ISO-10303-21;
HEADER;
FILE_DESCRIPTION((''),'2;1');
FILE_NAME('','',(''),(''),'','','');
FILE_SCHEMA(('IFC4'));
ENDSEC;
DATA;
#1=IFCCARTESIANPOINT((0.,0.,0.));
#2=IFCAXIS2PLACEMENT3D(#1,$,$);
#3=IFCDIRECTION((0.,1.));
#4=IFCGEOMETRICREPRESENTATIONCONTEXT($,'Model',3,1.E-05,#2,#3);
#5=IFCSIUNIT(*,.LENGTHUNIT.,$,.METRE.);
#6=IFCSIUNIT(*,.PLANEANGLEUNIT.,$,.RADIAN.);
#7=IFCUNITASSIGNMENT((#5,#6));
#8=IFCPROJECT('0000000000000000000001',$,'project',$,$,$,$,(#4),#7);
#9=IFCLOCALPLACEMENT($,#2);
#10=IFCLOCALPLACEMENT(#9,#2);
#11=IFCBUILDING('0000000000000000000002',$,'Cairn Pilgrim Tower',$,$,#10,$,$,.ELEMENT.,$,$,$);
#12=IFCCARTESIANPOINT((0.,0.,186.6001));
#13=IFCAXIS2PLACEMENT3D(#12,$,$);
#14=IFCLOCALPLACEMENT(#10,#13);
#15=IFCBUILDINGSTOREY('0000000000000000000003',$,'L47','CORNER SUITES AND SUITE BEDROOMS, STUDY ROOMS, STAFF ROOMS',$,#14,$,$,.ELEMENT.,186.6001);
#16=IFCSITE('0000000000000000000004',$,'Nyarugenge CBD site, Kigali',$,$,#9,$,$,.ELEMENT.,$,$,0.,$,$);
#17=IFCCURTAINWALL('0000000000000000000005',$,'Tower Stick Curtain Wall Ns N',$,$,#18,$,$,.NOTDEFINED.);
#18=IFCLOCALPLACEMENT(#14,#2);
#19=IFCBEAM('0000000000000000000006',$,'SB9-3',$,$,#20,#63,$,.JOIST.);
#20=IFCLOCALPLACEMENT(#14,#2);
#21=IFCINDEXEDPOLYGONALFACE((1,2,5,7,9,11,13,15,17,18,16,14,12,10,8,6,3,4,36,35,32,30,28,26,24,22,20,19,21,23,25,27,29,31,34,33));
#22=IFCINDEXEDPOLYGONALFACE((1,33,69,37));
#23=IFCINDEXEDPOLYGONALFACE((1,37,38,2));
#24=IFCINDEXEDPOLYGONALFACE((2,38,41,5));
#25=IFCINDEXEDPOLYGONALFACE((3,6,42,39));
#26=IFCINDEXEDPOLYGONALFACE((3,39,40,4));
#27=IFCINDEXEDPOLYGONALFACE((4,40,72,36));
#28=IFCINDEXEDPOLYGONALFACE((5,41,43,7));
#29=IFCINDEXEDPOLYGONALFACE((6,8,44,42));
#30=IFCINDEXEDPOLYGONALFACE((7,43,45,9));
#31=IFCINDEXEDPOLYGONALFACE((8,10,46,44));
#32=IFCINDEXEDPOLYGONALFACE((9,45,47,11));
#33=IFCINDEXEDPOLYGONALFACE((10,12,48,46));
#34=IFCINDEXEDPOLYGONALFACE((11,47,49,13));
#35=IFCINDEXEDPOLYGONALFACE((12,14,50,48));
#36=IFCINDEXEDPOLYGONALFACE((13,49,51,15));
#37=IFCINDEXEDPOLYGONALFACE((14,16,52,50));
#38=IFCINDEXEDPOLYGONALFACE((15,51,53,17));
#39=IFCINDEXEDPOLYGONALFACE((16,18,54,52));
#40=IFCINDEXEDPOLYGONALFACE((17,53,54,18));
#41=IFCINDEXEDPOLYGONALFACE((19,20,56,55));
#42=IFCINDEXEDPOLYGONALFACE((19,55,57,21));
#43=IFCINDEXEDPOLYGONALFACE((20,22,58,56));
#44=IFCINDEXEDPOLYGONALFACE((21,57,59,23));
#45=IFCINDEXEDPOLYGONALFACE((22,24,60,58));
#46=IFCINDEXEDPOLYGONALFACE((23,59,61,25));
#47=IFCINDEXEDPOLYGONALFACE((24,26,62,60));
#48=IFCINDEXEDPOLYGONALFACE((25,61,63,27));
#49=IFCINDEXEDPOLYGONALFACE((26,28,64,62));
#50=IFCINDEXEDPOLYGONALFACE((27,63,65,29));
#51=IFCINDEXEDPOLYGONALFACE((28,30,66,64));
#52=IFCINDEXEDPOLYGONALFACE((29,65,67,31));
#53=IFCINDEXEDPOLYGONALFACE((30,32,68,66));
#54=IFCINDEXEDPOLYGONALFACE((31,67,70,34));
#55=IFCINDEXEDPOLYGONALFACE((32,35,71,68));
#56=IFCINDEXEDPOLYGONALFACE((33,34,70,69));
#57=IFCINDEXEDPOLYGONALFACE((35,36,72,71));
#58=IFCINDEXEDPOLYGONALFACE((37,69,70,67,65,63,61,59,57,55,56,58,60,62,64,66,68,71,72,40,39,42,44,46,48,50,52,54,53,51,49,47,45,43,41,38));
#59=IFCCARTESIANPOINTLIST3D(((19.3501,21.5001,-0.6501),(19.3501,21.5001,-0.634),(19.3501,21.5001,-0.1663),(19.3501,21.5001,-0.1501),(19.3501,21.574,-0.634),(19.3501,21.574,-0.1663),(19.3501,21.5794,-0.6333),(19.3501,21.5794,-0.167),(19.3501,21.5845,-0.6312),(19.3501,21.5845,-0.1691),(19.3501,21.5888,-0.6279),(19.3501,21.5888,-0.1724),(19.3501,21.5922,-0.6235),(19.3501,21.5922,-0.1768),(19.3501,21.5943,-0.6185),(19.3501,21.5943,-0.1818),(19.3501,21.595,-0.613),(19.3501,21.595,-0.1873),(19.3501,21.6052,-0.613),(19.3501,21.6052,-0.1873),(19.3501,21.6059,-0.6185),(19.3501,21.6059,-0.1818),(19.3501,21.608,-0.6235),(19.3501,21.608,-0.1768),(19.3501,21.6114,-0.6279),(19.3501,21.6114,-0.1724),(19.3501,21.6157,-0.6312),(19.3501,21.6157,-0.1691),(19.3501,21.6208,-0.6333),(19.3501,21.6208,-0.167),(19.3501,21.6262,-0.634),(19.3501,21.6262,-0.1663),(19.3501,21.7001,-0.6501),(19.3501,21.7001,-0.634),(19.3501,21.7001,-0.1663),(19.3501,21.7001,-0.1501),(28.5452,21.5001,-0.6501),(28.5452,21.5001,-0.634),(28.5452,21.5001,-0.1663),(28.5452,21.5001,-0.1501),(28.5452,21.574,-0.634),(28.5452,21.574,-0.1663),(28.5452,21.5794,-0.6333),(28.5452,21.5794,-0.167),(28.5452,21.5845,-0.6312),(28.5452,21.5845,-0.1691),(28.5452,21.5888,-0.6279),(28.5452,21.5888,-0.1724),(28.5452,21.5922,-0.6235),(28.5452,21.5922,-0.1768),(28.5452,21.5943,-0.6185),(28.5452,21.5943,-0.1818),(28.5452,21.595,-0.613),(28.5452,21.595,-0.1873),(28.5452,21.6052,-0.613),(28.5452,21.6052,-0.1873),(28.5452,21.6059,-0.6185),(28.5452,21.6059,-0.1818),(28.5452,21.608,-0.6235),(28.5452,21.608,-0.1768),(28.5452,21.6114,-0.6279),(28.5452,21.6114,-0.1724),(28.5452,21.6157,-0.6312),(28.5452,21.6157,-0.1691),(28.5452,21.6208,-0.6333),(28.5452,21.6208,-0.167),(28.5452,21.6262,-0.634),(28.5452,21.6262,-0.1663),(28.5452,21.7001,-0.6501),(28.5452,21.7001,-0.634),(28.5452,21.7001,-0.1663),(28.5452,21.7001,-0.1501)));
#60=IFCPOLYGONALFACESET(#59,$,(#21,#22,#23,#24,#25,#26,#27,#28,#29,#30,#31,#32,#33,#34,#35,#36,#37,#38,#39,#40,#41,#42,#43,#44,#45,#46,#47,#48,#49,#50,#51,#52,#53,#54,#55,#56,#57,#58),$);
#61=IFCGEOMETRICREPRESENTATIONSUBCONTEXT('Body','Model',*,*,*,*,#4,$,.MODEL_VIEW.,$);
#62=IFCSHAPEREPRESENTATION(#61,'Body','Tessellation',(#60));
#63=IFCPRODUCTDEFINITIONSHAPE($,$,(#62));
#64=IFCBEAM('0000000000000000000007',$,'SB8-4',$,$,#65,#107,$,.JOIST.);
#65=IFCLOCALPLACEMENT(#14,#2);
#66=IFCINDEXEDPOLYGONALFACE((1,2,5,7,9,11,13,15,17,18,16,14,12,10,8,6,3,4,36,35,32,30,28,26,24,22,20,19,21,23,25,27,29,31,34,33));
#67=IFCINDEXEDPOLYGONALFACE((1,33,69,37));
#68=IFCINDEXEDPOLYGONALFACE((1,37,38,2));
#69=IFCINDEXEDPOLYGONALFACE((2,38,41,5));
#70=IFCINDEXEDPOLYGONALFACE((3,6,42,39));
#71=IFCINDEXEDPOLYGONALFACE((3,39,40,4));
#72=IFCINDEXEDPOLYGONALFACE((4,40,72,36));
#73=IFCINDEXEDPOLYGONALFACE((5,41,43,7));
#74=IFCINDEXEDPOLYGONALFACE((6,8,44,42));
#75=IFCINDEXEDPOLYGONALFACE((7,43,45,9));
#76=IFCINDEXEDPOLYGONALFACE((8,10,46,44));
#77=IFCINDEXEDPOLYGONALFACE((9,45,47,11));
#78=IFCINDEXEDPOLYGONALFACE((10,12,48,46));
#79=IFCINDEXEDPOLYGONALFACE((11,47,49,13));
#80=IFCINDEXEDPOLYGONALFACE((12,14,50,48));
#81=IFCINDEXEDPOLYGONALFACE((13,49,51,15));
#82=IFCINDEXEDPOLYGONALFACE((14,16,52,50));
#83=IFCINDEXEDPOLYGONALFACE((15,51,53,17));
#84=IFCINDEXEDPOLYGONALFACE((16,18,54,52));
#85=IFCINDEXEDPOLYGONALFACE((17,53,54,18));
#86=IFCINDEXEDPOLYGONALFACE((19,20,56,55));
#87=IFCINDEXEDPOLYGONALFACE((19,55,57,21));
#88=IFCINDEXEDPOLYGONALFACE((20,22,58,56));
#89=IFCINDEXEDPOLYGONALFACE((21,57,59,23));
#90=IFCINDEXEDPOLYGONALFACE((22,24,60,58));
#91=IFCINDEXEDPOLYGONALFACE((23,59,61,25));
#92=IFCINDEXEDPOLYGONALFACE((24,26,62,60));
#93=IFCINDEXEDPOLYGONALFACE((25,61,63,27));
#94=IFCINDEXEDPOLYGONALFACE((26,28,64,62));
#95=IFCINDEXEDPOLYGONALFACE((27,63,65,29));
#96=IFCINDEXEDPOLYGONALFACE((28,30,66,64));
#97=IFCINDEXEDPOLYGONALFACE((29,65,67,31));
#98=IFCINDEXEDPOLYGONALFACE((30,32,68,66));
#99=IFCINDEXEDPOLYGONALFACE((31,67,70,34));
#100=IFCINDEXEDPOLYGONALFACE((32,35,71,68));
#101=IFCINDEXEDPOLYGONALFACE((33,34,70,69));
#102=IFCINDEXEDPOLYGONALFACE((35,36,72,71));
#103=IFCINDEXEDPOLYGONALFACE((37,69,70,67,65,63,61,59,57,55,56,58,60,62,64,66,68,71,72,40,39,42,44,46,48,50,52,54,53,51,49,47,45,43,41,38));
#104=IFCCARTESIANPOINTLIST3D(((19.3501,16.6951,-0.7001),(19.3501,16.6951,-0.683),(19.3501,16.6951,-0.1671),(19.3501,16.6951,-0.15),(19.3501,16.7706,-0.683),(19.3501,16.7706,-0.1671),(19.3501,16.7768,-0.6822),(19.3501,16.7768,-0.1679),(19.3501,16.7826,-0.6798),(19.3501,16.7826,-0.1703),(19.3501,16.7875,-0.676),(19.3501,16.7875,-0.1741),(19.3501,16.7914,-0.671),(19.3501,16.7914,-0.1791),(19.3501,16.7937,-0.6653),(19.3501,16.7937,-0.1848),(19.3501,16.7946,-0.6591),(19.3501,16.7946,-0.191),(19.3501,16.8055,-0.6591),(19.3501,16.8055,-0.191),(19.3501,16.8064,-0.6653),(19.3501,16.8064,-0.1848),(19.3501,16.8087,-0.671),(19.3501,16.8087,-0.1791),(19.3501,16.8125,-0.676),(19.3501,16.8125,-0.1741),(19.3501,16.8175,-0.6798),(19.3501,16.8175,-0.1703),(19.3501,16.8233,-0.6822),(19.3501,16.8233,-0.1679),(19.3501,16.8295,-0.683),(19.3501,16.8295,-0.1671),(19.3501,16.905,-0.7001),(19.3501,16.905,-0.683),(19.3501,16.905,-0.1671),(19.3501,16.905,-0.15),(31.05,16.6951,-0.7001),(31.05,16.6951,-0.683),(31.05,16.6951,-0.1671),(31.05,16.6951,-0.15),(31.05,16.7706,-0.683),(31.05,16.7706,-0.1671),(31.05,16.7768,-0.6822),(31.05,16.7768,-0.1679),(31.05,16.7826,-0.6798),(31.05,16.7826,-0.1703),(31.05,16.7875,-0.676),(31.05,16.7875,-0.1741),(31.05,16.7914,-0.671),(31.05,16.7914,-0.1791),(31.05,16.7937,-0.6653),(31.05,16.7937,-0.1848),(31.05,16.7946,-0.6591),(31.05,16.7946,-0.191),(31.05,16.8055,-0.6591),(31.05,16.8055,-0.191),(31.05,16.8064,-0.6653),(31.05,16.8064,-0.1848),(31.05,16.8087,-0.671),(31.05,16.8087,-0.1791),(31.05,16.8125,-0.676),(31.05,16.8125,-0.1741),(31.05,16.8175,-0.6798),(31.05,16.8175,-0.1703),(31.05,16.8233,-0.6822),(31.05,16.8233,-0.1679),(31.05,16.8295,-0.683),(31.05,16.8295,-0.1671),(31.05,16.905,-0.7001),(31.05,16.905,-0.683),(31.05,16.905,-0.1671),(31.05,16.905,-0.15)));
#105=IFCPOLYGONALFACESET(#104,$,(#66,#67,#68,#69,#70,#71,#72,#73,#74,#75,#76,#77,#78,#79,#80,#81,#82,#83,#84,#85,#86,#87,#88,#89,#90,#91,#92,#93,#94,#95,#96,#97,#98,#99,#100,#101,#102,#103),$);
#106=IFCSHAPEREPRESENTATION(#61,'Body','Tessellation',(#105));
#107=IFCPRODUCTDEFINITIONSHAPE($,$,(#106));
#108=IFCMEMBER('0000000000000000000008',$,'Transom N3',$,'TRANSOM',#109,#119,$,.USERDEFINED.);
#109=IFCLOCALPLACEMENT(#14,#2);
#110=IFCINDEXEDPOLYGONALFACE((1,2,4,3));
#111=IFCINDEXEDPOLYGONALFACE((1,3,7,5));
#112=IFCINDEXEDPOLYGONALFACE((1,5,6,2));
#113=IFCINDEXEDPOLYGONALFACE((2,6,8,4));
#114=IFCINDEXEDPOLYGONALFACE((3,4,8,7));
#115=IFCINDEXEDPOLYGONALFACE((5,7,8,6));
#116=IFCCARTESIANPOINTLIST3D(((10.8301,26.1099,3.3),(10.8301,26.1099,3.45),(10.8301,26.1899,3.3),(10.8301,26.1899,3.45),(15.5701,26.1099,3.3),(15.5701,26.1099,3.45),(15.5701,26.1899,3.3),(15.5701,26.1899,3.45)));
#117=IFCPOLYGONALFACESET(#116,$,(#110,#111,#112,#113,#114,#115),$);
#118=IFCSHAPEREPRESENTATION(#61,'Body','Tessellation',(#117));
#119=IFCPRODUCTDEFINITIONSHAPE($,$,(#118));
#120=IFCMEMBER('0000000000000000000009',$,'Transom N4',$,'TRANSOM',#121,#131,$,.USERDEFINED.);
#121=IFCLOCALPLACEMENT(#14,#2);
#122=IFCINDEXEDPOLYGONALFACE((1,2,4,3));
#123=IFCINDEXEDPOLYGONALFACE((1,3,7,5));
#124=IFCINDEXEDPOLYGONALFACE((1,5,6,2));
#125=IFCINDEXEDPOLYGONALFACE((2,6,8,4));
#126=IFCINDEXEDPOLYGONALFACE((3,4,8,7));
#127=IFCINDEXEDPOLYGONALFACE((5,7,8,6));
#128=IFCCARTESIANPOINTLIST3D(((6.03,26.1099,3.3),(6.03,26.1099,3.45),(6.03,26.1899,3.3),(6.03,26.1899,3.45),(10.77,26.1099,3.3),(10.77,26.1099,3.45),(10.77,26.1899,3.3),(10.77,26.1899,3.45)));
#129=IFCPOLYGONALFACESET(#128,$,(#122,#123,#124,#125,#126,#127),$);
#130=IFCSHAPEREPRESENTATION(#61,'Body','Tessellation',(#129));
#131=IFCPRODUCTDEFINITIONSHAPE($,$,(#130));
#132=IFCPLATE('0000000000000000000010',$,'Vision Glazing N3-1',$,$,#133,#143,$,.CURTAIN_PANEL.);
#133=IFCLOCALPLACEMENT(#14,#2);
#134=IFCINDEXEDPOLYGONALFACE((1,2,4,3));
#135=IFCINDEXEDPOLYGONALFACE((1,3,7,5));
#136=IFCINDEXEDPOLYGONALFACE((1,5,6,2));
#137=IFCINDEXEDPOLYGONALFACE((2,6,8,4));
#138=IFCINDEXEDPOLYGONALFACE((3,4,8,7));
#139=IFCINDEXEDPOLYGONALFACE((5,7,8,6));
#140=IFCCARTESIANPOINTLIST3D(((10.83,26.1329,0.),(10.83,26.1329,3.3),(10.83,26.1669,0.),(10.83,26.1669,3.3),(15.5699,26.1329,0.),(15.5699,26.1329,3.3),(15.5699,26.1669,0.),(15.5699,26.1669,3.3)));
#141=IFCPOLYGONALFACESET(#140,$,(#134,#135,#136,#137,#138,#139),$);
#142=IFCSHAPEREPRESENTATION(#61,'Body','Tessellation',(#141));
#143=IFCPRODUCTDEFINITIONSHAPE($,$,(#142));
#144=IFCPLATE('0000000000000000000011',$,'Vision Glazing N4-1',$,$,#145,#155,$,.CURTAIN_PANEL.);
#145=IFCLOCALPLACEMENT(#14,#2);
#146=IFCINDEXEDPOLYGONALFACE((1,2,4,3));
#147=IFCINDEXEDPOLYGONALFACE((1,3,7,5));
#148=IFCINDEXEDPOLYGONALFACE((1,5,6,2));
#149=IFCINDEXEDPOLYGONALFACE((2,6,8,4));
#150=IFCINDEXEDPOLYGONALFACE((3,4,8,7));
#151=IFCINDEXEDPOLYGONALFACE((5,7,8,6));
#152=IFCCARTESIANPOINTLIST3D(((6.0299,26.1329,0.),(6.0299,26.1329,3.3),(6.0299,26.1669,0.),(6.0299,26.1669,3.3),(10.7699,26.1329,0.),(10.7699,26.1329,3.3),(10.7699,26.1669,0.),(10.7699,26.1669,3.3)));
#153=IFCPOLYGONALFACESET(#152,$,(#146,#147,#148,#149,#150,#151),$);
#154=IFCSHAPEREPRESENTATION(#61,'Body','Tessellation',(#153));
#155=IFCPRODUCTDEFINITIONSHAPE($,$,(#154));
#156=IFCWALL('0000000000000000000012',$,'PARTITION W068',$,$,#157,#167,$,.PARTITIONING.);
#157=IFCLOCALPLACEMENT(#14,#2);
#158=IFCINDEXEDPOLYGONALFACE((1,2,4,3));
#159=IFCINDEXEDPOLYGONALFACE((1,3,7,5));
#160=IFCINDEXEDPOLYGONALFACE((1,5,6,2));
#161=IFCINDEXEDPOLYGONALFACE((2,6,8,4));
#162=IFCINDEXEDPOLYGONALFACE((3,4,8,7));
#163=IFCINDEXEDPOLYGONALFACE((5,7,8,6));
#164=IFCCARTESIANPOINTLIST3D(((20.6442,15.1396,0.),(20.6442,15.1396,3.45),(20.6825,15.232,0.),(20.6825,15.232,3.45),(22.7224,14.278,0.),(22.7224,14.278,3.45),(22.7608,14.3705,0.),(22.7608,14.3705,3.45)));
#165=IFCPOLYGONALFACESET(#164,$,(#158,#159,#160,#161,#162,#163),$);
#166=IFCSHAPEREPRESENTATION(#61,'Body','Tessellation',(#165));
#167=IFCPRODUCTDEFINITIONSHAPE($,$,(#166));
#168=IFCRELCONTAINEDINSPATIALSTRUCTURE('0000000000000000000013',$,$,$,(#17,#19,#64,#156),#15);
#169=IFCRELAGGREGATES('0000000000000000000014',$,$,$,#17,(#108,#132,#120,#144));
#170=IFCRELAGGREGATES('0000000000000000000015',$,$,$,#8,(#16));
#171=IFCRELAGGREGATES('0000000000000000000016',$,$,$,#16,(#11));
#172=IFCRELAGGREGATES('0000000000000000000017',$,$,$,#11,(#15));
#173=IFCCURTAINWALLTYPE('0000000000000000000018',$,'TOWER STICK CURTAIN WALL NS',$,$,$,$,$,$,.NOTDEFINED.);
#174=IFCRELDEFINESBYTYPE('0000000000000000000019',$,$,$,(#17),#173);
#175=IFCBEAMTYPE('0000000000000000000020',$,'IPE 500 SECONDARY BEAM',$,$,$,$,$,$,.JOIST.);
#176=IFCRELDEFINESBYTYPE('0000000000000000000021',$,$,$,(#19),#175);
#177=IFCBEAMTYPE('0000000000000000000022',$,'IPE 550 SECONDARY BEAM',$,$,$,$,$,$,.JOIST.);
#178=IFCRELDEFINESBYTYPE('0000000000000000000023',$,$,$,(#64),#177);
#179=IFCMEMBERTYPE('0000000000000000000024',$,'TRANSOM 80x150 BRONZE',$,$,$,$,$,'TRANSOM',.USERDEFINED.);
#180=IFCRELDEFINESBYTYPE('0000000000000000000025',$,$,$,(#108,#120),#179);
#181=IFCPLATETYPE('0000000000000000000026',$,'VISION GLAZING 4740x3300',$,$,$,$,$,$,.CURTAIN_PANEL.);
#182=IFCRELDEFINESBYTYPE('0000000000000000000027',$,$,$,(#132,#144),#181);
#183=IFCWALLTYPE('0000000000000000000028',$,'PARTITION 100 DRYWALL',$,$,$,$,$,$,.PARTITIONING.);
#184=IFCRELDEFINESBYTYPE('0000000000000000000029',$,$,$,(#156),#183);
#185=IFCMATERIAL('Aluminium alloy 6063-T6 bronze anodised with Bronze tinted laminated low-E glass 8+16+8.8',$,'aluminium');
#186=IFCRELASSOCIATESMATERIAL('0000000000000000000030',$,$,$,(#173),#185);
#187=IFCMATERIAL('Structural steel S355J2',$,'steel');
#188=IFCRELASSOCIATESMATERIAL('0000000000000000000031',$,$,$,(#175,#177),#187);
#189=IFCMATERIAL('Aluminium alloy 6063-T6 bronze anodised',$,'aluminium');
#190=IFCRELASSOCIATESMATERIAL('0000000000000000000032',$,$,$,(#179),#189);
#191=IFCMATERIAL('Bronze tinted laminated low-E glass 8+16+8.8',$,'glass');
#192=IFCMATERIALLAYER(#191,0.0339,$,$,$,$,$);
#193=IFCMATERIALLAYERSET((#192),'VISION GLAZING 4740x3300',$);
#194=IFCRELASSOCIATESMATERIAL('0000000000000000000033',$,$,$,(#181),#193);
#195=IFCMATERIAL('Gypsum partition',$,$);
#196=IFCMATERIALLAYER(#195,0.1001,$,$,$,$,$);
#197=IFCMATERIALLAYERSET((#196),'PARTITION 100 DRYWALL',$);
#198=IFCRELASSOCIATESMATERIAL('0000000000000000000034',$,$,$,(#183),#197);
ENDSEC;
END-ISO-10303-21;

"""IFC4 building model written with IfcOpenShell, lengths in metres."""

from ifc_helpers import new_model, si_unit, direction, frame, frame_2d, origin, origin_2d, place, context, subcontext, project, spatial, rectangle, i_section, extrude, material, layer, layer_set, material_profile, profile_set, type_object, element, aggregate, save


model = new_model("IFC4")

# Units and contexts
model_context = context("Model", 3, precision=1e-05, world=origin(), true_north=direction((0.0, 1.0)))
body_context = subcontext(model_context, "Body", "Model", "MODEL_VIEW")
ifc_project = project(units=[si_unit("LENGTHUNIT", "METRE"), si_unit("PLANEANGLEUNIT", "RADIAN")], contexts=[model_context])

# Site, building, storey
site_placement = place(None, origin())
site = spatial("IfcSite", under=ifc_project, at=site_placement, Name="Nyarugenge CBD site, Kigali", CompositionType="ELEMENT", RefElevation=0.0)
building_placement = place(site_placement, origin())
building = spatial("IfcBuilding", under=site, at=building_placement, Name="Cairn Pilgrim Tower", CompositionType="ELEMENT")
storey_placement = place(building_placement, frame((0.0, 0.0, 186.6001)))
storey = spatial("IfcBuildingStorey", under=building, at=storey_placement, Name="L47", Description="CORNER SUITES AND SUITE BEDROOMS, STUDY ROOMS, STAFF ROOMS", CompositionType="ELEMENT", Elevation=186.6001)

# Shared definitions
ifc_material_1 = material(Name="Structural steel S355J2", Category="steel")

# Curtain wall
ifc_material_2 = material(Name="Aluminium alloy 6063-T6 bronze anodised with Bronze tinted laminated low-E glass 8+16+8.8", Category="aluminium")
curtain_wall_type = type_object("IfcCurtainWallType", Name="TOWER STICK CURTAIN WALL NS", PredefinedType="NOTDEFINED", material=ifc_material_2)
curtain_wall_placement = place(storey_placement, origin())
curtain_wall = element("IfcCurtainWall", 1, at=curtain_wall_placement, inside=storey, type_object=curtain_wall_type, Name="Tower Stick Curtain Wall Ns N", PredefinedType="NOTDEFINED")
ifc_material_3 = material(Name="Aluminium alloy 6063-T6 bronze anodised", Category="aluminium")

# Beams
ifc_material_profile_1 = material_profile(ifc_material_1, i_section(OverallWidth=0.2, OverallDepth=0.5, WebThickness=0.0103, FlangeThickness=0.0161, FilletRadius=0.021, at=origin_2d()), Name="IPE 500")
ifc_profile_set_1 = profile_set([ifc_material_profile_1], Name="Structural steel S355J2")
beam_type_1 = type_object("IfcBeamType", Name="IPE 500 SECONDARY BEAM", PredefinedType="JOIST", material=ifc_profile_set_1)
beam_1_placement = place(storey_placement, frame((19.3501, 21.6001, -0.4001), z_axis=(1.0, 0.0, 0.0), x_axis=(0.0, 1.0, 0.0)))
element("IfcBeam", 2, at=beam_1_placement, inside=storey, type_object=beam_type_1, Name="SB9-3", PredefinedType="JOIST", context=body_context, shape_type="SweptSolid", body=[
    extrude(i_section(OverallWidth=0.2, OverallDepth=0.5, WebThickness=0.0103, FlangeThickness=0.0161, FilletRadius=0.021, at=origin_2d()), origin(), (0.0, 0.0, 1.0), 9.1951),
])
ifc_material_profile_2 = material_profile(ifc_material_1, i_section(OverallWidth=0.21, OverallDepth=0.55, WebThickness=0.011, FlangeThickness=0.0171, FilletRadius=0.0239, at=origin_2d()), Name="IPE 550")
ifc_profile_set_2 = profile_set([ifc_material_profile_2], Name="Structural steel S355J2")
beam_type_2 = type_object("IfcBeamType", Name="IPE 550 SECONDARY BEAM", PredefinedType="JOIST", material=ifc_profile_set_2)
beam_2_placement = place(storey_placement, frame((19.3501, 16.8, -0.425), z_axis=(1.0, 0.0, 0.0), x_axis=(0.0, 1.0, 0.0)))
element("IfcBeam", 3, at=beam_2_placement, inside=storey, type_object=beam_type_2, Name="SB8-4", PredefinedType="JOIST", context=body_context, shape_type="SweptSolid", body=[
    extrude(i_section(OverallWidth=0.21, OverallDepth=0.55, WebThickness=0.011, FlangeThickness=0.0171, FilletRadius=0.0239, at=origin_2d()), origin(), (0.0, 0.0, 1.0), 11.7),
])

# Members
ifc_material_profile_3 = material_profile(ifc_material_3, rectangle(XDim=0.0801, YDim=0.1499, at=origin_2d()), Name="TRANSOM 80x150 BRONZE")
ifc_profile_set_3 = profile_set([ifc_material_profile_3], Name="Aluminium alloy 6063-T6 bronze anodised")
member_type_1 = type_object("IfcMemberType", Name="TRANSOM 80x150 BRONZE", ElementType="TRANSOM", PredefinedType="USERDEFINED", material=ifc_profile_set_3)
member_1_placement = place(storey_placement, frame((15.5701, 26.1499, 3.375), z_axis=(-1.0, 0.0, 0.0), x_axis=(0.0, -1.0, 0.0)))
member_1 = element("IfcMember", 4, at=member_1_placement, type_object=member_type_1, Name="Transom N3", ObjectType="TRANSOM", PredefinedType="USERDEFINED", context=body_context, shape_type="SweptSolid", body=[
    extrude(rectangle(XDim=0.0801, YDim=0.1499, at=origin_2d()), origin(), (0.0, 0.0, 1.0), 4.74),
])
member_2_placement = place(storey_placement, frame((10.77, 26.1499, 3.375), z_axis=(-1.0, 0.0, 0.0), x_axis=(0.0, -1.0, 0.0)))
member_2 = element("IfcMember", 5, at=member_2_placement, type_object=member_type_1, Name="Transom N4", ObjectType="TRANSOM", PredefinedType="USERDEFINED", context=body_context, shape_type="SweptSolid", body=[
    extrude(rectangle(XDim=0.0801, YDim=0.1499, at=origin_2d()), origin(), (0.0, 0.0, 1.0), 4.74),
])

# Plates
ifc_material_4 = material(Name="Bronze tinted laminated low-E glass 8+16+8.8", Category="glass")
ifc_layer_1 = layer(ifc_material_4, 0.0339)
ifc_layer_set_1 = layer_set([ifc_layer_1], Name="VISION GLAZING 4740x3300")
plate_type = type_object("IfcPlateType", Name="VISION GLAZING 4740x3300", PredefinedType="CURTAIN_PANEL", material=ifc_layer_set_1)
plate_1_placement = place(storey_placement, frame((13.2, 26.1499, 0.0), z_axis=(0.0, 0.0, 1.0), x_axis=(-1.0, 0.0, 0.0)))
plate_1 = element("IfcPlate", 6, at=plate_1_placement, type_object=plate_type, Name="Vision Glazing N3-1", PredefinedType="CURTAIN_PANEL", context=body_context, shape_type="SweptSolid", body=[
    extrude(rectangle(XDim=4.74, YDim=0.0339, at=origin_2d()), origin(), (0.0, 0.0, 1.0), 3.3),
])
plate_2_placement = place(storey_placement, frame((8.3999, 26.1499, 0.0), z_axis=(0.0, 0.0, 1.0), x_axis=(-1.0, 0.0, 0.0)))
plate_2 = element("IfcPlate", 7, at=plate_2_placement, type_object=plate_type, Name="Vision Glazing N4-1", PredefinedType="CURTAIN_PANEL", context=body_context, shape_type="SweptSolid", body=[
    extrude(rectangle(XDim=4.74, YDim=0.0339, at=origin_2d()), origin(), (0.0, 0.0, 1.0), 3.3),
])
aggregate(curtain_wall, [member_1, plate_1, member_2, plate_2])

# Wall
ifc_material_5 = material(Name="Gypsum partition")
ifc_layer_2 = layer(ifc_material_5, 0.1001)
ifc_layer_set_2 = layer_set([ifc_layer_2], Name="PARTITION 100 DRYWALL")
wall_type_1 = type_object("IfcWallType", Name="PARTITION 100 DRYWALL", PredefinedType="PARTITIONING", material=ifc_layer_set_2)
wall_1_placement = place(storey_placement, frame((22.7417, 14.3242, 0.0), z_axis=(0.0, 0.0, 1.0), x_axis=(-0.923772, 0.382943, 0.0)))
element("IfcWall", 8, at=wall_1_placement, inside=storey, type_object=wall_type_1, Name="PARTITION W068", PredefinedType="PARTITIONING", context=body_context, shape_type="SweptSolid", body=[
    extrude(rectangle(XDim=2.2498, YDim=0.1001, at=frame_2d((1.125, 0.0))), origin(), (0.0, 0.0, 1.0), 3.45),
])

save(model, "model.ifc")
